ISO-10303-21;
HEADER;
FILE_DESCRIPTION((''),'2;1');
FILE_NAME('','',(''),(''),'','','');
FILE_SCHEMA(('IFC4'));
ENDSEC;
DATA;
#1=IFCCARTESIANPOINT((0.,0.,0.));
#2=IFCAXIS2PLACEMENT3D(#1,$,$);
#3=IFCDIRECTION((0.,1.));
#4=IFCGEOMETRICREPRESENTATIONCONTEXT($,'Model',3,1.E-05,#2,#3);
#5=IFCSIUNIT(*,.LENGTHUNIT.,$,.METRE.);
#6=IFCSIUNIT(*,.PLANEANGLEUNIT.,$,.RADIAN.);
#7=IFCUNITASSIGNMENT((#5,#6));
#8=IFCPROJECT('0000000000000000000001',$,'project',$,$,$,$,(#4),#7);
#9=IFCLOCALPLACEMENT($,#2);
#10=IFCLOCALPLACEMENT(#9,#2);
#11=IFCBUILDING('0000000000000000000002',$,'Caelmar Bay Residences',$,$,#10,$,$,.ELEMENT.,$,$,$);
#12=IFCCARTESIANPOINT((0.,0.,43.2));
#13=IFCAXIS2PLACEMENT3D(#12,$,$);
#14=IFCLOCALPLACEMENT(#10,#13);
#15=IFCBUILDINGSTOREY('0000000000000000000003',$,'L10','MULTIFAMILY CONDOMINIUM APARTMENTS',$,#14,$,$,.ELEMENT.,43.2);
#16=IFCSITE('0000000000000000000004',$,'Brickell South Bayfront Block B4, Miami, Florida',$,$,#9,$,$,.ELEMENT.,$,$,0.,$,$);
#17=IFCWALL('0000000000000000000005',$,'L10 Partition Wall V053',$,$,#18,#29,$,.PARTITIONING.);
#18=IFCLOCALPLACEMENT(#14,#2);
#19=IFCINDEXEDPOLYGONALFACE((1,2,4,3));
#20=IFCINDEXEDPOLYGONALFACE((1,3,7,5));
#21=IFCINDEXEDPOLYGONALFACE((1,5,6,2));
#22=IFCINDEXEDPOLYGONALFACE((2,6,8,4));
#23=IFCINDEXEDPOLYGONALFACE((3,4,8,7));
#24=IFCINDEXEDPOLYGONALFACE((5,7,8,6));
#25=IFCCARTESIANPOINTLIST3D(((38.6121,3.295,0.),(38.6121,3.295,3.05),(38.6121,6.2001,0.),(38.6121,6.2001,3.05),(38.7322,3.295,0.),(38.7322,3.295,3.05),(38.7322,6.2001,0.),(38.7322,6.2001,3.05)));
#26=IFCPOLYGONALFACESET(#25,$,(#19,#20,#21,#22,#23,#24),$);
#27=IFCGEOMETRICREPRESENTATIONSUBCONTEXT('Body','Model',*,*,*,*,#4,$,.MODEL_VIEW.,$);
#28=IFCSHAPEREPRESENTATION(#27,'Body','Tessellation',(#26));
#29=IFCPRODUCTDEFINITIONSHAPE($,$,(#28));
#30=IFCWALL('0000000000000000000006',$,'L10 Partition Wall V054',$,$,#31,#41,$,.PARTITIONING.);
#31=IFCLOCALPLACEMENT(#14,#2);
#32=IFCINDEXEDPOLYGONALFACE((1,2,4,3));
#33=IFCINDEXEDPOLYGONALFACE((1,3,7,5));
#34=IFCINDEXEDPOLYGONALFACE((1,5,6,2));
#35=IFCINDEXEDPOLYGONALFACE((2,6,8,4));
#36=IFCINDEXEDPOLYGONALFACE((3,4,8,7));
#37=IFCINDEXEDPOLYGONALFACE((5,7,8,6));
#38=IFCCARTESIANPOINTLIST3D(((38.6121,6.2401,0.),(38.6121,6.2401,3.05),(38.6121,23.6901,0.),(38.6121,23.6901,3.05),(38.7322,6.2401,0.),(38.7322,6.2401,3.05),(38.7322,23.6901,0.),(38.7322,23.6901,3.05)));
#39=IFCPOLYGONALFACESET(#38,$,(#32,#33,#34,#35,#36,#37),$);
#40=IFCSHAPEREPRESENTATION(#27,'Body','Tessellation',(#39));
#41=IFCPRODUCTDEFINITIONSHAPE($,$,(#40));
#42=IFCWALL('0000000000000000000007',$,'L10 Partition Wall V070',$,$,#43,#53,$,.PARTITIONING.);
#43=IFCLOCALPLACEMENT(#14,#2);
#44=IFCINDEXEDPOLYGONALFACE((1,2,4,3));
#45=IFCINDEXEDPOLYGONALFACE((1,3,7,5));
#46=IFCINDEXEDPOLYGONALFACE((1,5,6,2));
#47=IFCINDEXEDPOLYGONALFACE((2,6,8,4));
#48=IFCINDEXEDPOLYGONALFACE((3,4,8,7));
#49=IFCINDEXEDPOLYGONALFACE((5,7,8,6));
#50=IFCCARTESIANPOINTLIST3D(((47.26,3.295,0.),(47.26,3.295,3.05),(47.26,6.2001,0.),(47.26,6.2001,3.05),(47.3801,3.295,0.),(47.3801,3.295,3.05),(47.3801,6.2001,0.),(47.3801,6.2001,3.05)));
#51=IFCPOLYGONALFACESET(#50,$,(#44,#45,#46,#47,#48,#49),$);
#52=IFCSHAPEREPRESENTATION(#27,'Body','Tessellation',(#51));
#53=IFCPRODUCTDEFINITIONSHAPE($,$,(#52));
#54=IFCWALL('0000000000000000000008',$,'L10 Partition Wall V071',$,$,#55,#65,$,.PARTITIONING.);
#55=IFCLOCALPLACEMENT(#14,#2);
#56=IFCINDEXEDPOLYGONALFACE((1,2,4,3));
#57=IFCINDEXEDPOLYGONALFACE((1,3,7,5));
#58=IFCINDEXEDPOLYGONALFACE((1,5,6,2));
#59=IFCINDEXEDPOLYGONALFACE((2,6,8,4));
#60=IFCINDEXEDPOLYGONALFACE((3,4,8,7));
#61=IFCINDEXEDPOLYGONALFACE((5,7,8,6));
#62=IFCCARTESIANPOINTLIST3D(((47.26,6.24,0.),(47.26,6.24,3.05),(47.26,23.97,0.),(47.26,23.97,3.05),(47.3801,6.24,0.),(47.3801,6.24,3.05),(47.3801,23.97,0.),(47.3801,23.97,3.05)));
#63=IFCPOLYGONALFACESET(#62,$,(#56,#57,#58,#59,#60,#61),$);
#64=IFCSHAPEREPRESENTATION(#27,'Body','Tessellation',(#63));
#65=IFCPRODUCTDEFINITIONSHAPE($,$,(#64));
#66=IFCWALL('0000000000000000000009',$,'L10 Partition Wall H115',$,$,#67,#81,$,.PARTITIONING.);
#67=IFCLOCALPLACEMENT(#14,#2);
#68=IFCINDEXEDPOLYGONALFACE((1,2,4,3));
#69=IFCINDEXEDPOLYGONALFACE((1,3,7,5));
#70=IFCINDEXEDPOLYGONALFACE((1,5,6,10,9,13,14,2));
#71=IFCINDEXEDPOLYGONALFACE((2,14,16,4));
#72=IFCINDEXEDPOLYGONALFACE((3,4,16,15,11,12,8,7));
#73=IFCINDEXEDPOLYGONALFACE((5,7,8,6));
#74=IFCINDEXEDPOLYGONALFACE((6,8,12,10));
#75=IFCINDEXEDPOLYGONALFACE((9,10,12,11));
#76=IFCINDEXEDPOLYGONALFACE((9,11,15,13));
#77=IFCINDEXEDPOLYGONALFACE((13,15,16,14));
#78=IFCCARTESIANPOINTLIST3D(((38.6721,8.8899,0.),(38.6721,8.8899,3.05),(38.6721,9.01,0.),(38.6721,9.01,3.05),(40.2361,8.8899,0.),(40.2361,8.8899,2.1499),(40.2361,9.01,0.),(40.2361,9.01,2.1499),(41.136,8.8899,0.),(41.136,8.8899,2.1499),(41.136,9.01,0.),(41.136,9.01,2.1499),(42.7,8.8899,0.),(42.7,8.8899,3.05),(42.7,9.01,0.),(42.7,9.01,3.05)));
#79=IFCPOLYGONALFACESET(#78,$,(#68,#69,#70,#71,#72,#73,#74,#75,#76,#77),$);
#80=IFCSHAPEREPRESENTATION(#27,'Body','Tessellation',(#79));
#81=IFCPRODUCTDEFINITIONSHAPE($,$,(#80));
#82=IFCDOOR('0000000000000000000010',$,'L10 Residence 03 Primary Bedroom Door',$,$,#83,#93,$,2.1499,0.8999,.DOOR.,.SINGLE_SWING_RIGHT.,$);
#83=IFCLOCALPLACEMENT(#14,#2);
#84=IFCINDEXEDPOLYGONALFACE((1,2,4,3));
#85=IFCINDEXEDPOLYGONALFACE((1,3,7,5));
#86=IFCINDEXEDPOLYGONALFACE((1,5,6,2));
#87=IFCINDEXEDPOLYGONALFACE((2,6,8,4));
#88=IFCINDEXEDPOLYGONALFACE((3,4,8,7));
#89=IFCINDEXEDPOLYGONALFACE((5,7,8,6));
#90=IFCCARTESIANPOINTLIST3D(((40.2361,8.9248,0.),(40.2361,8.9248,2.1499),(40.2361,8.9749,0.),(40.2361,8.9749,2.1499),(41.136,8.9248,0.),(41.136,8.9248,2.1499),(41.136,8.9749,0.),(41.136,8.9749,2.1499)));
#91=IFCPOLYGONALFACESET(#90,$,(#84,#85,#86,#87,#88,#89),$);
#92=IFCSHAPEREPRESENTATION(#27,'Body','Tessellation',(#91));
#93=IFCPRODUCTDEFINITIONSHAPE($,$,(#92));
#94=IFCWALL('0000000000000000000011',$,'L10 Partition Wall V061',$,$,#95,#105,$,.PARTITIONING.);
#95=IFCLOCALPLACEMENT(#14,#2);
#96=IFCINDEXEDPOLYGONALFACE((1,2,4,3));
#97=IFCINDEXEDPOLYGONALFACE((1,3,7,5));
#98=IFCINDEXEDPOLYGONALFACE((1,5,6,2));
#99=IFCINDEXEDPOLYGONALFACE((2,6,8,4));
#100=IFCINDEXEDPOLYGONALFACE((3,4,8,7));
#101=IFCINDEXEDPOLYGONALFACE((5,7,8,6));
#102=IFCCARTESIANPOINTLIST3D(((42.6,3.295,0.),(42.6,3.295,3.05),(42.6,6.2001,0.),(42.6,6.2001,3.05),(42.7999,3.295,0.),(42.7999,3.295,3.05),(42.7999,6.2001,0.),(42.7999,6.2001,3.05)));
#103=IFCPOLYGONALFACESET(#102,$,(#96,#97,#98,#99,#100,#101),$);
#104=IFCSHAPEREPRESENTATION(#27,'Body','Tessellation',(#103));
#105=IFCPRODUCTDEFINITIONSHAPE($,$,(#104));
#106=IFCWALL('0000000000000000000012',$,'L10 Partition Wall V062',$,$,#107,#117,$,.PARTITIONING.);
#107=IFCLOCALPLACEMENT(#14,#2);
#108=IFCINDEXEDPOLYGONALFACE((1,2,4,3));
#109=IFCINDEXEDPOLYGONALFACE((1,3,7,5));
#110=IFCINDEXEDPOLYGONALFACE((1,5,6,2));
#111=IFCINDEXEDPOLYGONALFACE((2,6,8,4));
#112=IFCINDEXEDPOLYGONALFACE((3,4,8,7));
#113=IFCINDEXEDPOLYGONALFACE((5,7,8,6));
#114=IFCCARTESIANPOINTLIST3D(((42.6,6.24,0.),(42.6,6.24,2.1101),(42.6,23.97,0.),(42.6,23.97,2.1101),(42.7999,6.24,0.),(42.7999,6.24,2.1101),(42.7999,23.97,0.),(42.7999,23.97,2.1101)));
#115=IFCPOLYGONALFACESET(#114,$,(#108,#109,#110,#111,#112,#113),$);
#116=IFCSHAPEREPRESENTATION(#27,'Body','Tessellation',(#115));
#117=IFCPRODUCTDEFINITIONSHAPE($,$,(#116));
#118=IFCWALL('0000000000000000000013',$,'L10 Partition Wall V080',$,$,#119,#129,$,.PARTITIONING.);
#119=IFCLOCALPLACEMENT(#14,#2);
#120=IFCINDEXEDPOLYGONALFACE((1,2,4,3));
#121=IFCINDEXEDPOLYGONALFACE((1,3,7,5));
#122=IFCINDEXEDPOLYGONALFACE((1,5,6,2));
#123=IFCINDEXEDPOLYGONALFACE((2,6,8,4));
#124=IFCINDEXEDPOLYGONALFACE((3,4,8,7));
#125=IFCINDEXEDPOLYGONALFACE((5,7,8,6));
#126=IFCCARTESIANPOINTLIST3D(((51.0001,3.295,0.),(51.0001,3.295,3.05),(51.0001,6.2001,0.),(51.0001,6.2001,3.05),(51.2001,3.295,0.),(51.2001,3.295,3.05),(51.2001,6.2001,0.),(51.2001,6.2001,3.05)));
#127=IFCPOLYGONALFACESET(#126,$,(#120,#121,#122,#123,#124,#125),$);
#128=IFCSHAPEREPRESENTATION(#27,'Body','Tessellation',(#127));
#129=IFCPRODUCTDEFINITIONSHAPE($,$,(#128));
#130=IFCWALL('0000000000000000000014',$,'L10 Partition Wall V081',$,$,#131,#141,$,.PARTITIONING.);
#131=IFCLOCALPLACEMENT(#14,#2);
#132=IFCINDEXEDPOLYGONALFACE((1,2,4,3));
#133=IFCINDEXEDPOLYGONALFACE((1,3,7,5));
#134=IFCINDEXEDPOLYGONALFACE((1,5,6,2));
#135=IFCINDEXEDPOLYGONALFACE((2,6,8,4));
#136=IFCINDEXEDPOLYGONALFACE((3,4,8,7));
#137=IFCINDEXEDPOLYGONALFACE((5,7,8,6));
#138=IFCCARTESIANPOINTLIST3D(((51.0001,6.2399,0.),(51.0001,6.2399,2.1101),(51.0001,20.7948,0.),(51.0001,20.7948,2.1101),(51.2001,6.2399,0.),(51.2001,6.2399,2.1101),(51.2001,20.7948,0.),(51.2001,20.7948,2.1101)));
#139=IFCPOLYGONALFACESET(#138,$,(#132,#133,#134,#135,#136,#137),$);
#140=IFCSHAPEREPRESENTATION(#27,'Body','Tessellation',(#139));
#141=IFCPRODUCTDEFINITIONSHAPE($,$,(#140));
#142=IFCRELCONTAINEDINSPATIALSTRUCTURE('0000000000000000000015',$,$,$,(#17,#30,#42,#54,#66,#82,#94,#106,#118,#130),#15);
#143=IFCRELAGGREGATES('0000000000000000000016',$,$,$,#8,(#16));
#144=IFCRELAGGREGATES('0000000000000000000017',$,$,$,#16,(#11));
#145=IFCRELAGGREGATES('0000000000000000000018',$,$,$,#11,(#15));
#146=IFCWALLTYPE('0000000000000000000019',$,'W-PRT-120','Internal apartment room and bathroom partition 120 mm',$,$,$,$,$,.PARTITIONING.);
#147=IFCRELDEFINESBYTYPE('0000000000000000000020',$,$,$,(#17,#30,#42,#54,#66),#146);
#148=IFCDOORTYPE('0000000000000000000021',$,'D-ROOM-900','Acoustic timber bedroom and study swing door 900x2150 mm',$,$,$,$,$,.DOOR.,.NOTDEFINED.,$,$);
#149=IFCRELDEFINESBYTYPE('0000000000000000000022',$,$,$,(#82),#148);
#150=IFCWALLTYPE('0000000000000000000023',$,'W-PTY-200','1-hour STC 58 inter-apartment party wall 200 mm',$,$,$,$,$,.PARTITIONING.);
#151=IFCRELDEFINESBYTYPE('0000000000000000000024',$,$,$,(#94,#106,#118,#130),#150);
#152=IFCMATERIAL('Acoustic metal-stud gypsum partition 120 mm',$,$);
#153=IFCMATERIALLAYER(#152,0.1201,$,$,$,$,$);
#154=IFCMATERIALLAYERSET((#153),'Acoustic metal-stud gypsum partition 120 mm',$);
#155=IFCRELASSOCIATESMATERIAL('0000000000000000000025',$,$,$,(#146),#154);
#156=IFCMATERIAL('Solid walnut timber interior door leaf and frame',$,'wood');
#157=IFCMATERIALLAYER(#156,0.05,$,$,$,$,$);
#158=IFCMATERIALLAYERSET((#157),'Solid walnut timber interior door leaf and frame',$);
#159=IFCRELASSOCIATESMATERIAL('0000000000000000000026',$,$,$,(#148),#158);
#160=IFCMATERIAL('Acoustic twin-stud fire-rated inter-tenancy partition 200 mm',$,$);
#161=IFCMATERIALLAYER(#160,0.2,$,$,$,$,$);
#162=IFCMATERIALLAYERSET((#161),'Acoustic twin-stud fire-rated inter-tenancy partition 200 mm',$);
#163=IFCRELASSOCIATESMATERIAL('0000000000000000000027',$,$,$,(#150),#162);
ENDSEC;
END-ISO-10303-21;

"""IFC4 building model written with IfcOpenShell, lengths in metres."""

from ifc_helpers import new_model, si_unit, direction, frame, frame_2d, origin, place, context, subcontext, project, spatial, rectangle, extrude, material, layer, layer_set, type_object, element, fill, save


model = new_model("IFC4")

# Units and contexts
model_context = context("Model", 3, precision=1e-05, world=origin(), true_north=direction((0.0, 1.0)))
body_context = subcontext(model_context, "Body", "Model", "MODEL_VIEW")
ifc_project = project(units=[si_unit("LENGTHUNIT", "METRE"), si_unit("PLANEANGLEUNIT", "RADIAN")], contexts=[model_context])

# Site, building, storey
site_placement = place(None, origin())
site = spatial("IfcSite", under=ifc_project, at=site_placement, Name="Brickell South Bayfront Block B4, Miami, Florida", CompositionType="ELEMENT", RefElevation=0.0)
building_placement = place(site_placement, origin())
building = spatial("IfcBuilding", under=site, at=building_placement, Name="Caelmar Bay Residences", CompositionType="ELEMENT")
storey_placement = place(building_placement, frame((0.0, 0.0, 43.2)))
storey = spatial("IfcBuildingStorey", under=building, at=storey_placement, Name="L10", Description="MULTIFAMILY CONDOMINIUM APARTMENTS", CompositionType="ELEMENT", Elevation=43.2)

# Walls
ifc_material_1 = material(Name="Acoustic metal-stud gypsum partition 120 mm")
ifc_layer_1 = layer(ifc_material_1, 0.1201)
ifc_layer_set_1 = layer_set([ifc_layer_1], Name="Acoustic metal-stud gypsum partition 120 mm")
wall_type_1 = type_object("IfcWallType", Name="W-PRT-120", Description="Internal apartment room and bathroom partition 120 mm", PredefinedType="PARTITIONING", material=ifc_layer_set_1)
wall_1_placement = place(storey_placement, frame((38.6721, 3.2949, 0.0), z_axis=(0.0, 0.0, 1.0), x_axis=(0.0, 1.0, 0.0)))
element("IfcWall", 1, at=wall_1_placement, inside=storey, type_object=wall_type_1, Name="L10 Partition Wall V053", PredefinedType="PARTITIONING", context=body_context, shape_type="SweptSolid", body=[
    extrude(rectangle(XDim=2.905, YDim=0.1201, at=frame_2d((1.4526, 0.0))), origin(), (0.0, 0.0, 1.0), 3.05),
])
wall_2_placement = place(storey_placement, frame((38.6721, 6.24, 0.0), z_axis=(0.0, 0.0, 1.0), x_axis=(0.0, 1.0, 0.0)))
element("IfcWall", 2, at=wall_2_placement, inside=storey, type_object=wall_type_1, Name="L10 Partition Wall V054", PredefinedType="PARTITIONING", context=body_context, shape_type="SweptSolid", body=[
    extrude(rectangle(XDim=17.45, YDim=0.1201, at=frame_2d((8.7251, 0.0))), origin(), (0.0, 0.0, 1.0), 3.05),
])
wall_3_placement = place(storey_placement, frame((47.3201, 3.2949, 0.0), z_axis=(0.0, 0.0, 1.0), x_axis=(0.0, 1.0, 0.0)))
element("IfcWall", 3, at=wall_3_placement, inside=storey, type_object=wall_type_1, Name="L10 Partition Wall V070", PredefinedType="PARTITIONING", context=body_context, shape_type="SweptSolid", body=[
    extrude(rectangle(XDim=2.905, YDim=0.1201, at=frame_2d((1.4526, 0.0))), origin(), (0.0, 0.0, 1.0), 3.05),
])
wall_4_placement = place(storey_placement, frame((47.3201, 6.24, 0.0), z_axis=(0.0, 0.0, 1.0), x_axis=(0.0, 1.0, 0.0)))
element("IfcWall", 4, at=wall_4_placement, inside=storey, type_object=wall_type_1, Name="L10 Partition Wall V071", PredefinedType="PARTITIONING", context=body_context, shape_type="SweptSolid", body=[
    extrude(rectangle(XDim=17.73, YDim=0.1201, at=frame_2d((8.865, 0.0))), origin(), (0.0, 0.0, 1.0), 3.05),
])

# Wall, opening, door
wall_5_placement = place(storey_placement, frame((38.6721, 8.95, 0.0), z_axis=(0.0, 0.0, 1.0), x_axis=(1.0, 0.0, 0.0)))
wall_5 = element("IfcWall", 5, at=wall_5_placement, inside=storey, type_object=wall_type_1, Name="L10 Partition Wall H115", PredefinedType="PARTITIONING", context=body_context, shape_type="SweptSolid", body=[
    extrude(rectangle(XDim=4.0278, YDim=0.1201, at=frame_2d((2.0139, 0.0))), origin(), (0.0, 0.0, 1.0), 3.05),
])
opening_1_placement = place(wall_5_placement, frame((1.564, 0.0, 0.0)))
opening_1 = element("IfcOpeningElement", 6, at=opening_1_placement, cuts=wall_5, PredefinedType="OPENING", context=body_context, shape_type="SweptSolid", body=[
    extrude(rectangle(XDim=0.8999, YDim=2.1499, at=frame_2d((0.45, 1.075))), frame((0.0, 0.0701, 0.0), z_axis=(0.0, -1.0, 0.0), x_axis=(1.0, 0.0, 0.0)), (0.0, 0.0, 1.0), 0.1401),
])
ifc_material_2 = material(Name="Solid walnut timber interior door leaf and frame", Category="wood")
ifc_layer_2 = layer(ifc_material_2, 0.05)
ifc_layer_set_2 = layer_set([ifc_layer_2], Name="Solid walnut timber interior door leaf and frame")
door_type = type_object("IfcDoorType", Name="D-ROOM-900", Description="Acoustic timber bedroom and study swing door 900x2150 mm", OperationType="NOTDEFINED", PredefinedType="DOOR", material=ifc_layer_set_2)
door_1_placement = place(opening_1_placement, origin())
door_1 = element("IfcDoor", 7, at=door_1_placement, inside=storey, type_object=door_type, Name="L10 Residence 03 Primary Bedroom Door", OperationType="SINGLE_SWING_RIGHT", OverallHeight=2.1499, OverallWidth=0.8999, PredefinedType="DOOR", context=body_context, shape_type="SweptSolid", body=[
    extrude(rectangle(XDim=0.8999, YDim=2.1499, at=frame_2d((0.45, 1.075))), frame((0.0, 0.0249, 0.0), z_axis=(0.0, -1.0, 0.0), x_axis=(1.0, 0.0, 0.0)), (0.0, 0.0, 1.0), 0.05),
])
fill(opening_1, door_1)

# Walls
ifc_material_3 = material(Name="Acoustic twin-stud fire-rated inter-tenancy partition 200 mm")
ifc_layer_3 = layer(ifc_material_3, 0.2)
ifc_layer_set_3 = layer_set([ifc_layer_3], Name="Acoustic twin-stud fire-rated inter-tenancy partition 200 mm")
wall_type_2 = type_object("IfcWallType", Name="W-PTY-200", Description="1-hour STC 58 inter-apartment party wall 200 mm", PredefinedType="PARTITIONING", material=ifc_layer_set_3)
wall_6_placement = place(storey_placement, frame((42.7, 3.2949, 0.0), z_axis=(0.0, 0.0, 1.0), x_axis=(0.0, 1.0, 0.0)))
element("IfcWall", 8, at=wall_6_placement, inside=storey, type_object=wall_type_2, Name="L10 Partition Wall V061", PredefinedType="PARTITIONING", context=body_context, shape_type="SweptSolid", body=[
    extrude(rectangle(XDim=2.905, YDim=0.2, at=frame_2d((1.4526, 0.0))), origin(), (0.0, 0.0, 1.0), 3.05),
])
wall_7_placement = place(storey_placement, frame((42.7, 6.24, 0.0), z_axis=(0.0, 0.0, 1.0), x_axis=(0.0, 1.0, 0.0)))
element("IfcWall", 9, at=wall_7_placement, inside=storey, type_object=wall_type_2, Name="L10 Partition Wall V062", PredefinedType="PARTITIONING", context=body_context, shape_type="SweptSolid", body=[
    extrude(rectangle(XDim=17.73, YDim=0.2, at=frame_2d((8.865, 0.0))), origin(), (0.0, 0.0, 1.0), 2.1101),
])
wall_8_placement = place(storey_placement, frame((51.1001, 3.2949, 0.0), z_axis=(0.0, 0.0, 1.0), x_axis=(0.0, 1.0, 0.0)))
element("IfcWall", 10, at=wall_8_placement, inside=storey, type_object=wall_type_2, Name="L10 Partition Wall V080", PredefinedType="PARTITIONING", context=body_context, shape_type="SweptSolid", body=[
    extrude(rectangle(XDim=2.905, YDim=0.2, at=frame_2d((1.4526, 0.0))), origin(), (0.0, 0.0, 1.0), 3.05),
])
wall_9_placement = place(storey_placement, frame((51.1001, 6.24, 0.0), z_axis=(0.0, 0.0, 1.0), x_axis=(0.0, 1.0, 0.0)))
element("IfcWall", 11, at=wall_9_placement, inside=storey, type_object=wall_type_2, Name="L10 Partition Wall V081", PredefinedType="PARTITIONING", context=body_context, shape_type="SweptSolid", body=[
    extrude(rectangle(XDim=14.5549, YDim=0.2, at=frame_2d((7.2773, 0.0))), origin(), (0.0, 0.0, 1.0), 2.1101),
])

save(model, "model.ifc")
